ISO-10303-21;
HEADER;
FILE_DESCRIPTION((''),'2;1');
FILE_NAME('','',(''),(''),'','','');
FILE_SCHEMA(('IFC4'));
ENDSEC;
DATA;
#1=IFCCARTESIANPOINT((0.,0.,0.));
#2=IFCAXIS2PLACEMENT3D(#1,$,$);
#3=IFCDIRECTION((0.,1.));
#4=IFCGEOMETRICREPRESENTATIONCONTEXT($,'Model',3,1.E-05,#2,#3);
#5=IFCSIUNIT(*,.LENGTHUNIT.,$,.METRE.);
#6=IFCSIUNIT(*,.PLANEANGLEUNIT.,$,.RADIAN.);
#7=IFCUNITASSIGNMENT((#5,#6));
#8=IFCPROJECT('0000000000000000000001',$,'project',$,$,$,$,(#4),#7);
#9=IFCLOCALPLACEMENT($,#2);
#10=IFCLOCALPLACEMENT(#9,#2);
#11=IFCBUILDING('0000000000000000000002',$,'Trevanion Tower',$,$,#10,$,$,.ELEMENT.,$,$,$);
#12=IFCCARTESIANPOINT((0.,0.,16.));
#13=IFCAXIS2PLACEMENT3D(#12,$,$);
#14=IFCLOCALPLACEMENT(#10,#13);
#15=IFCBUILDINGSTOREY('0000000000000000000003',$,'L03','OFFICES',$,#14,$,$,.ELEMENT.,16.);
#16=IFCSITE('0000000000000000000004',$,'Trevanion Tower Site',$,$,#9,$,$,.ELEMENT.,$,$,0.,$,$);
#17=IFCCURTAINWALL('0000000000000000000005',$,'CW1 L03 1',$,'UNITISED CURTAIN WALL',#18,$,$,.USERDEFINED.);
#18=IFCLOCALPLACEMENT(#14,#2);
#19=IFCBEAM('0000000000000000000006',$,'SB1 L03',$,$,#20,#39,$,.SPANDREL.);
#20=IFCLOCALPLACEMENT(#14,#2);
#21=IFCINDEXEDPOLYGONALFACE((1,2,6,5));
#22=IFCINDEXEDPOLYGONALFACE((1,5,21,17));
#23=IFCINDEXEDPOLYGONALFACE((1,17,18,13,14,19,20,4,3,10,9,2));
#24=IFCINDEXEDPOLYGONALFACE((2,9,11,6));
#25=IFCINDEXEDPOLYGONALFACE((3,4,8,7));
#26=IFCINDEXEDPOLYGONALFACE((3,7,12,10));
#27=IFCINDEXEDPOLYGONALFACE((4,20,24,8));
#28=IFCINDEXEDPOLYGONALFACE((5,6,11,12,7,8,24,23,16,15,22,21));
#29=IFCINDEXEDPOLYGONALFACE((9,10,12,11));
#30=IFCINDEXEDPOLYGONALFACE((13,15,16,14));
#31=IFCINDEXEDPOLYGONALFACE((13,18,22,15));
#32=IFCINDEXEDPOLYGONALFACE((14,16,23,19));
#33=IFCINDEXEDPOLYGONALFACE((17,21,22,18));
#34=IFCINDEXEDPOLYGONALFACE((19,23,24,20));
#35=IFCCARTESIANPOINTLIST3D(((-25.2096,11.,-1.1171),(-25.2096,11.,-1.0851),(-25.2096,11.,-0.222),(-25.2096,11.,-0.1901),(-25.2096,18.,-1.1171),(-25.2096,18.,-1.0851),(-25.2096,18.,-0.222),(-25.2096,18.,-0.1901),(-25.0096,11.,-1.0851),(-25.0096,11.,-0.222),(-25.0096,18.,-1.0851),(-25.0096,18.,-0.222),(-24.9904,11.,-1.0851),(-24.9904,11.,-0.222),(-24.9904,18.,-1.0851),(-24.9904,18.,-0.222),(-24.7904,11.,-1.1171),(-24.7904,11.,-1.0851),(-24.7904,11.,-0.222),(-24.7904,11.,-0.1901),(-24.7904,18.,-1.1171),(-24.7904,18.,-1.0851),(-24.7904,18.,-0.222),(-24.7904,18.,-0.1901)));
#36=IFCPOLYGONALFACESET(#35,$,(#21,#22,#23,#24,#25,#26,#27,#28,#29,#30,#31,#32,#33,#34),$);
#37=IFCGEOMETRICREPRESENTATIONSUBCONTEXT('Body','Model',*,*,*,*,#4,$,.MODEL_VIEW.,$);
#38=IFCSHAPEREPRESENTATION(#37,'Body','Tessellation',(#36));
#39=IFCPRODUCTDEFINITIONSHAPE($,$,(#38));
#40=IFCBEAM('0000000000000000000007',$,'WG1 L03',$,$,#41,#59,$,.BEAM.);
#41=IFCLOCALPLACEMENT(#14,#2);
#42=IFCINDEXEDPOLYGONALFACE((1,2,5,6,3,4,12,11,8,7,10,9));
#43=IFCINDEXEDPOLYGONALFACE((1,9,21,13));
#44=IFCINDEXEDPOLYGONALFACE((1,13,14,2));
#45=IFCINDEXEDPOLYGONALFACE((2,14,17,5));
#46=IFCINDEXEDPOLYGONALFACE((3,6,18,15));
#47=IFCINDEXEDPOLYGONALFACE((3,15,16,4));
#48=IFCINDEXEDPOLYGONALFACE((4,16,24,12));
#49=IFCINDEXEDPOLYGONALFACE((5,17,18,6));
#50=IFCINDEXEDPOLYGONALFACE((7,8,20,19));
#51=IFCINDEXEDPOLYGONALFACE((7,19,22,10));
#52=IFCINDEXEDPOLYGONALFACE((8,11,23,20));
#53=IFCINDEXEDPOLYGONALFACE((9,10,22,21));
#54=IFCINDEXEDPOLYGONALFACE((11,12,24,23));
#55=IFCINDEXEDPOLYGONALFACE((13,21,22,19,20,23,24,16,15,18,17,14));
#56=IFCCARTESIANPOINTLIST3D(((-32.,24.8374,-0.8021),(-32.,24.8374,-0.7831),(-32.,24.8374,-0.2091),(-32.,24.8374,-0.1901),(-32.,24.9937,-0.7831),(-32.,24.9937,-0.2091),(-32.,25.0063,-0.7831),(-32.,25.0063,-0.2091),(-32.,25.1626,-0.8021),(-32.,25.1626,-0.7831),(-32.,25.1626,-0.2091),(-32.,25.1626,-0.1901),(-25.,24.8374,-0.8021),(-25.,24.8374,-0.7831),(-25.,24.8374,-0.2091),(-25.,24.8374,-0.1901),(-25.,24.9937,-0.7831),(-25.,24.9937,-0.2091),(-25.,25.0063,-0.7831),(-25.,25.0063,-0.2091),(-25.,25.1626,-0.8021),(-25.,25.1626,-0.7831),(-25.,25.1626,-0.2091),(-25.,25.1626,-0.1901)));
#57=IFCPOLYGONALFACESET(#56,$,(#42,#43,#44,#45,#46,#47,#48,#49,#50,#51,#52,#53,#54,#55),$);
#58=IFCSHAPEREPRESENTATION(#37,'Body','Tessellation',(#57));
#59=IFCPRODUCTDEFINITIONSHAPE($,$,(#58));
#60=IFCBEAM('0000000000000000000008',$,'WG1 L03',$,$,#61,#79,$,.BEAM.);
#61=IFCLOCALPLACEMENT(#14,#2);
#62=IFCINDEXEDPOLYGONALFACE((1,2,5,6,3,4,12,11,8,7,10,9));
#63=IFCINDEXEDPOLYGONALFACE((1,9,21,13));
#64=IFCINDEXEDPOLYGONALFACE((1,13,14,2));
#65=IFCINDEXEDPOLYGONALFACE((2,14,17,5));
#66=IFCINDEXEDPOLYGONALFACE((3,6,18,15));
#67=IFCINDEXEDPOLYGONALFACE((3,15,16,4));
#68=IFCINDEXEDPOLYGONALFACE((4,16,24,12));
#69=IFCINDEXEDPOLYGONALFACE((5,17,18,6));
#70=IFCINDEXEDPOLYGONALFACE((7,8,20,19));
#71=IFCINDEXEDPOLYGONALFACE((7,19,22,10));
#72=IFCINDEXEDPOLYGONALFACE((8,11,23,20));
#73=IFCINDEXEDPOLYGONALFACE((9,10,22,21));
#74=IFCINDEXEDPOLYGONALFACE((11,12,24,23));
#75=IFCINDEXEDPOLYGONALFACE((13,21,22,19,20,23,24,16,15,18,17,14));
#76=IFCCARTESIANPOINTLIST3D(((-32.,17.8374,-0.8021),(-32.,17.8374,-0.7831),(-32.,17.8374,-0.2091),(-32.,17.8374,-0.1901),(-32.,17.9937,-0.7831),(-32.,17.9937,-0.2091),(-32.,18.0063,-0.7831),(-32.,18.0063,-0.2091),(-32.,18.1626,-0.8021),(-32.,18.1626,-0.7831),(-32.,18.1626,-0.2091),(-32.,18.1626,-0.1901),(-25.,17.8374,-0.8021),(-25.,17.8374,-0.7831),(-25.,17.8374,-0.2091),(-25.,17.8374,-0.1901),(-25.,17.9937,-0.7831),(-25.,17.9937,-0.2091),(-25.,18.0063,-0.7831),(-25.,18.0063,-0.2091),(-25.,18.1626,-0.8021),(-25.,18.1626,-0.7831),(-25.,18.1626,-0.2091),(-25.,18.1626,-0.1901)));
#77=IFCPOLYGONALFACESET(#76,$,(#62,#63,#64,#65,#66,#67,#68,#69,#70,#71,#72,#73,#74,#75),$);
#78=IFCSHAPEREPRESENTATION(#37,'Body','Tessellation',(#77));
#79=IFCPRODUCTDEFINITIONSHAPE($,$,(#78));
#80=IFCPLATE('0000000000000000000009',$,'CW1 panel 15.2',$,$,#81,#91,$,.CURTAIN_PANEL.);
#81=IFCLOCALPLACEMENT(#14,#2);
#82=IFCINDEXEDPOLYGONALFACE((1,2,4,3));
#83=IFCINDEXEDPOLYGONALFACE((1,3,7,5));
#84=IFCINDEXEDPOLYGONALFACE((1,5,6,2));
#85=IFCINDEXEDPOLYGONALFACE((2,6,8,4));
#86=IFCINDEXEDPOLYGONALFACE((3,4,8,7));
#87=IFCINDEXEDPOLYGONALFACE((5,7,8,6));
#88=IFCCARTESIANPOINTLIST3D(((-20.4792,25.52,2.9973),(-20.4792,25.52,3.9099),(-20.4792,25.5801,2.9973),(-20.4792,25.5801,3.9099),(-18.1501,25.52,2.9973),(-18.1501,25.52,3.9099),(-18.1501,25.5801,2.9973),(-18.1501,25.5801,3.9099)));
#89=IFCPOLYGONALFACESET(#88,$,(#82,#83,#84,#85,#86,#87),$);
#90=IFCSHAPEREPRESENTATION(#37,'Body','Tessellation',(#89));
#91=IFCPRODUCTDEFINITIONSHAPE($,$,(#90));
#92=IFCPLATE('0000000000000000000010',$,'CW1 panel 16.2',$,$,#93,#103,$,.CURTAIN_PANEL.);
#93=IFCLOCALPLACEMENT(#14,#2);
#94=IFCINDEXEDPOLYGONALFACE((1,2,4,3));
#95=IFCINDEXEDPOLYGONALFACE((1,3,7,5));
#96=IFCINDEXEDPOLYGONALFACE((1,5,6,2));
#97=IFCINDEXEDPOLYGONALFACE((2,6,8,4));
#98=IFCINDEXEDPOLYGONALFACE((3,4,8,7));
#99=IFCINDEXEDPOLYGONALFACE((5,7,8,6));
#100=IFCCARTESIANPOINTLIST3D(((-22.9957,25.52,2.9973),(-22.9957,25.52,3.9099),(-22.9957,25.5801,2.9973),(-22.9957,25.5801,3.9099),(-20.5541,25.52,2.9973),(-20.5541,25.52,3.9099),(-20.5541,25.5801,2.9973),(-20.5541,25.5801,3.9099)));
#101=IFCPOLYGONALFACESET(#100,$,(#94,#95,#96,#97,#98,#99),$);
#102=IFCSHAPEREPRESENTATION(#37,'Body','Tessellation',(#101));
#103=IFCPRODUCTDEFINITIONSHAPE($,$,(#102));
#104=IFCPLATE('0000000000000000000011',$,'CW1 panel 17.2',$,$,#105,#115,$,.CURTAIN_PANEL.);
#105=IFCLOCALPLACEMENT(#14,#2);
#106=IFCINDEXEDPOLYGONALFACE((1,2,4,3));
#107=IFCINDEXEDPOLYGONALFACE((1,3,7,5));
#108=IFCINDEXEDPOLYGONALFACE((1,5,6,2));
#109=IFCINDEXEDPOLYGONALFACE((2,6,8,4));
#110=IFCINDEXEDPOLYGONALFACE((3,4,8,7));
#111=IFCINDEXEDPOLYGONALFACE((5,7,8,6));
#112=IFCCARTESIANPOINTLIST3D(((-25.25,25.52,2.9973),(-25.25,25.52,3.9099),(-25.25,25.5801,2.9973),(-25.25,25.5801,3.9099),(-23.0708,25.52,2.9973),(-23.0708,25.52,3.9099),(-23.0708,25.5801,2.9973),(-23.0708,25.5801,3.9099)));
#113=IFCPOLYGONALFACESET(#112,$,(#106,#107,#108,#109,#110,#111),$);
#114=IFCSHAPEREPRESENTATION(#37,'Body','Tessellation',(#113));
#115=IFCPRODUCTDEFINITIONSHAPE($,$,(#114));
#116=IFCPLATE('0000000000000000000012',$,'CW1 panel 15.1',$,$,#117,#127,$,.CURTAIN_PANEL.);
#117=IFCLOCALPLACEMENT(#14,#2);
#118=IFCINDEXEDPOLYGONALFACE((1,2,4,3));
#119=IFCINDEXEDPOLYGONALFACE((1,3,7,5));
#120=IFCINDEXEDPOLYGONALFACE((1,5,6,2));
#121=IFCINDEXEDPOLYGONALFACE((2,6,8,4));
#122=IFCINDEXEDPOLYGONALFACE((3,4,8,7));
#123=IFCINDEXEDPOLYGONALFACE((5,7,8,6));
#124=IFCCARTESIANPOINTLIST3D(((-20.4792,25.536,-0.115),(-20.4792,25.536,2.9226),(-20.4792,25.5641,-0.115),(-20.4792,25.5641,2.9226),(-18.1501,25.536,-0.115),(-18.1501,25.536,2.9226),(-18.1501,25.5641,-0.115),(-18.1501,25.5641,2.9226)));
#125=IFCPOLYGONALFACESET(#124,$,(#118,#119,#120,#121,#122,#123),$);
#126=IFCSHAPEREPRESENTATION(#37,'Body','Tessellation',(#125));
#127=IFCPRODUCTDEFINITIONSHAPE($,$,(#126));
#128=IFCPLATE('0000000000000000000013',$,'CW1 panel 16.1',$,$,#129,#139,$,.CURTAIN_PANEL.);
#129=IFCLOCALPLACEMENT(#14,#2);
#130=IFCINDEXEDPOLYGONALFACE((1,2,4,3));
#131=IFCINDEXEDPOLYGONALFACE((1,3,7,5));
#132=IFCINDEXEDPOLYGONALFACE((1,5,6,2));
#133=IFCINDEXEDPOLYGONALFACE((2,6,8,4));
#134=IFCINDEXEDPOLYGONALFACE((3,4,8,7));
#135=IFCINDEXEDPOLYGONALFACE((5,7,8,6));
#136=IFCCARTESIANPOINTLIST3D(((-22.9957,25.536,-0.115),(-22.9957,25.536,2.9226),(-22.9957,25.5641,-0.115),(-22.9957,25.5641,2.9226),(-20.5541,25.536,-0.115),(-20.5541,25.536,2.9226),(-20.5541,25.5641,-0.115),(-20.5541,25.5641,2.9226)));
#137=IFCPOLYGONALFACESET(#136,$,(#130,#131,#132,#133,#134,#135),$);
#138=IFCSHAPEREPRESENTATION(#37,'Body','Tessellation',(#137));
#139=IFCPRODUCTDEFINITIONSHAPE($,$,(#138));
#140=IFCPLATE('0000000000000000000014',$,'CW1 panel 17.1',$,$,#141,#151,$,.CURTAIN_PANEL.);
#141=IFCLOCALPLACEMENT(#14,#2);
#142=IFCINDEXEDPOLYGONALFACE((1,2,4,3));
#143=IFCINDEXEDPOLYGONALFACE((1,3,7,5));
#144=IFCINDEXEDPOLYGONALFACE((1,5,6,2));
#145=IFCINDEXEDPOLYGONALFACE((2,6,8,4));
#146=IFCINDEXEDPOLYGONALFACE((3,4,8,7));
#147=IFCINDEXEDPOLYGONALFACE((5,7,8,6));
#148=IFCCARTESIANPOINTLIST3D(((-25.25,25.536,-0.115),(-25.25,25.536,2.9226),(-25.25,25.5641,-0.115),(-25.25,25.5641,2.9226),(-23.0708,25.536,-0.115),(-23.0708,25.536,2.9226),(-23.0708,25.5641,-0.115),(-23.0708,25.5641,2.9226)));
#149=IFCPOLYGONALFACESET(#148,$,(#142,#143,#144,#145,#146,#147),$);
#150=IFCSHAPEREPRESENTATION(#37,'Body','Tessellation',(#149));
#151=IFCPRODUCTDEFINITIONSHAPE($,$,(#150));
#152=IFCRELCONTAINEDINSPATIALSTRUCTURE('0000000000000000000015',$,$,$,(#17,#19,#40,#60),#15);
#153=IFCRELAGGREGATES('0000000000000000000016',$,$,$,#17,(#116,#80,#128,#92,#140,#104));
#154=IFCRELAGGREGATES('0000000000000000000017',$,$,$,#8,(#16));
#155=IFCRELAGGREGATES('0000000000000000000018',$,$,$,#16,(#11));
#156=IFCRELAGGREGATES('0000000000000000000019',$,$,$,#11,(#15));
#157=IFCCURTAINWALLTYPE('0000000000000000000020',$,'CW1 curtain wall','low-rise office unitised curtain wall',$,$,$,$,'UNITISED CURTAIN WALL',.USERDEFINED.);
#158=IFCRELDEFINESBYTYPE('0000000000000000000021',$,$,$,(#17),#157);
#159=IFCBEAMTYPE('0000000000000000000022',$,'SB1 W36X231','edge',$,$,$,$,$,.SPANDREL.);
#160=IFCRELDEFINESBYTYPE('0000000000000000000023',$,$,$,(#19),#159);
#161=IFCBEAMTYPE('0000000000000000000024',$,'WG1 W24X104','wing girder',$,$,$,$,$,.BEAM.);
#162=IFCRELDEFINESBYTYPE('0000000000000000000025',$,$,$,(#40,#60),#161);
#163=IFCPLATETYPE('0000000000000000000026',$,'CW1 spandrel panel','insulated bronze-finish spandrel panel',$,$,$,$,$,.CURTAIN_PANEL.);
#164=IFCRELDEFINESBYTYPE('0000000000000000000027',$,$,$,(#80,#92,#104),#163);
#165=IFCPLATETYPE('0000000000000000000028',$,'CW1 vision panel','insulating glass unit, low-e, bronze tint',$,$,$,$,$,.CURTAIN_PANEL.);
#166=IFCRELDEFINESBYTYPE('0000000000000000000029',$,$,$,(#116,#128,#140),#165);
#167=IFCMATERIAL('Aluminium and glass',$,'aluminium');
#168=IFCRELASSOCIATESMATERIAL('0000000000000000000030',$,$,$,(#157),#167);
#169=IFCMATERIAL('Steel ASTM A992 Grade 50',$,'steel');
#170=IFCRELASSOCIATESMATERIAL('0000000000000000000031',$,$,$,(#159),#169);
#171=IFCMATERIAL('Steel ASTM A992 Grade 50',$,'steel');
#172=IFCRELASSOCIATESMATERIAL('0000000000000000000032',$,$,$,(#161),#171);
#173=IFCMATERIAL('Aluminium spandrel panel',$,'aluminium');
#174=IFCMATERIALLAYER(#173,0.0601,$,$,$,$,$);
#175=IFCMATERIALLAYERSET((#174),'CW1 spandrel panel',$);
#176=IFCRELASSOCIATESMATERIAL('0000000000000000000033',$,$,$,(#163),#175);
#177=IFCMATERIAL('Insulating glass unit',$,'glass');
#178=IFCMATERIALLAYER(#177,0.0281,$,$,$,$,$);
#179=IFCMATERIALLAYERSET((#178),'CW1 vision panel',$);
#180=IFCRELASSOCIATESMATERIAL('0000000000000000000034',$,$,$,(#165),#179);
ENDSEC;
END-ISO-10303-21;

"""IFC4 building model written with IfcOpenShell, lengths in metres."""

from ifc_helpers import new_model, si_unit, direction, frame, origin, origin_2d, place, context, subcontext, project, spatial, rectangle, i_section, extrude, material, layer, layer_set, material_profile, profile_set, type_object, element, aggregate, save


model = new_model("IFC4")

# Units and contexts
model_context = context("Model", 3, precision=1e-05, world=origin(), true_north=direction((0.0, 1.0)))
body_context = subcontext(model_context, "Body", "Model", "MODEL_VIEW")
ifc_project = project(units=[si_unit("LENGTHUNIT", "METRE"), si_unit("PLANEANGLEUNIT", "RADIAN")], contexts=[model_context])

# Site, building, storey
site_placement = place(None, origin())
site = spatial("IfcSite", under=ifc_project, at=site_placement, Name="Trevanion Tower Site", CompositionType="ELEMENT", RefElevation=0.0)
building_placement = place(site_placement, origin())
building = spatial("IfcBuilding", under=site, at=building_placement, Name="Trevanion Tower", CompositionType="ELEMENT")
storey_placement = place(building_placement, frame((0.0, 0.0, 16.0)))
storey = spatial("IfcBuildingStorey", under=building, at=storey_placement, Name="L03", Description="OFFICES", CompositionType="ELEMENT", Elevation=16.0)

# Curtain wall
ifc_material_1 = material(Name="Aluminium and glass", Category="aluminium")
curtain_wall_type = type_object("IfcCurtainWallType", Name="CW1 curtain wall", Description="low-rise office unitised curtain wall", ElementType="UNITISED CURTAIN WALL", PredefinedType="USERDEFINED", material=ifc_material_1)
curtain_wall_placement = place(storey_placement, origin())
curtain_wall = element("IfcCurtainWall", 1, at=curtain_wall_placement, inside=storey, type_object=curtain_wall_type, Name="CW1 L03 1", ObjectType="UNITISED CURTAIN WALL", PredefinedType="USERDEFINED")

# Beams
ifc_material_2 = material(Name="Steel ASTM A992 Grade 50", Category="steel")
ifc_material_profile_1 = material_profile(ifc_material_2, i_section(OverallWidth=0.4192, OverallDepth=0.927, WebThickness=0.0193, FlangeThickness=0.032, at=origin_2d()), Name="W36X231")
ifc_profile_set_1 = profile_set([ifc_material_profile_1], Name="Steel ASTM A992 Grade 50")
beam_type_1 = type_object("IfcBeamType", Name="SB1 W36X231", Description="edge", PredefinedType="SPANDREL", material=ifc_profile_set_1)
for number, where, z_axis, x_axis, name in (
    (2, (-25.0, 18.0, -0.6536), (0.0, -1.0, 0.0), (1.0, 0.0, 0.0), "SB1 L03"),
):
    element("IfcBeam", number, at=place(storey_placement, frame(where, z_axis=z_axis, x_axis=x_axis)), inside=storey, type_object=beam_type_1, Name=name, PredefinedType="SPANDREL", context=body_context, shape_type="SweptSolid", body=[
        extrude(i_section(OverallWidth=0.4192, OverallDepth=0.927, WebThickness=0.0193, FlangeThickness=0.032, at=origin_2d()), origin(), (0.0, 0.0, 1.0), 7.0),
    ])
ifc_material_3 = material(Name="Steel ASTM A992 Grade 50", Category="steel")
ifc_material_profile_2 = material_profile(ifc_material_3, i_section(OverallWidth=0.3252, OverallDepth=0.6121, WebThickness=0.0127, FlangeThickness=0.019, at=origin_2d()), Name="W24X104")
ifc_profile_set_2 = profile_set([ifc_material_profile_2], Name="Steel ASTM A992 Grade 50")
beam_type_2 = type_object("IfcBeamType", Name="WG1 W24X104", Description="wing girder", PredefinedType="BEAM", material=ifc_profile_set_2)
for number, where, z_axis, x_axis, name in (
    (3, (-25.0, 25.0, -0.4961), (-1.0, 0.0, 0.0), (0.0, -1.0, 0.0), "WG1 L03"),
    (4, (-25.0, 18.0, -0.4961), (-1.0, 0.0, 0.0), (0.0, -1.0, 0.0), "WG1 L03"),
):
    element("IfcBeam", number, at=place(storey_placement, frame(where, z_axis=z_axis, x_axis=x_axis)), inside=storey, type_object=beam_type_2, Name=name, PredefinedType="BEAM", context=body_context, shape_type="SweptSolid", body=[
        extrude(i_section(OverallWidth=0.3252, OverallDepth=0.6121, WebThickness=0.0127, FlangeThickness=0.019, at=origin_2d()), origin(), (0.0, 0.0, 1.0), 7.0),
    ])

# Plates
ifc_material_4 = material(Name="Aluminium spandrel panel", Category="aluminium")
ifc_layer_1 = layer(ifc_material_4, 0.0601)
ifc_layer_set_1 = layer_set([ifc_layer_1], Name="CW1 spandrel panel")
plate_type_1 = type_object("IfcPlateType", Name="CW1 spandrel panel", Description="insulated bronze-finish spandrel panel", PredefinedType="CURTAIN_PANEL", material=ifc_layer_set_1)
plate_1_placement = place(storey_placement, frame((-19.3147, 25.55, 2.9973), z_axis=(0.0, 0.0, 1.0), x_axis=(-1.0, 0.0, 0.0)))
plate_1 = element("IfcPlate", 5, at=plate_1_placement, type_object=plate_type_1, Name="CW1 panel 15.2", PredefinedType="CURTAIN_PANEL", context=body_context, shape_type="SweptSolid", body=[
    extrude(rectangle(XDim=2.3291, YDim=0.0601, at=origin_2d()), origin(), (0.0, 0.0, 1.0), 0.9126),
])
plate_2_placement = place(storey_placement, frame((-21.7749, 25.55, 2.9973), z_axis=(0.0, 0.0, 1.0), x_axis=(-1.0, 0.0, 0.0)))
plate_2 = element("IfcPlate", 6, at=plate_2_placement, type_object=plate_type_1, Name="CW1 panel 16.2", PredefinedType="CURTAIN_PANEL", context=body_context, shape_type="SweptSolid", body=[
    extrude(rectangle(XDim=2.4417, YDim=0.0601, at=origin_2d()), origin(), (0.0, 0.0, 1.0), 0.9126),
])
plate_3_placement = place(storey_placement, frame((-24.1604, 25.55, 2.9973), z_axis=(0.0, 0.0, 1.0), x_axis=(-1.0, 0.0, 0.0)))
plate_3 = element("IfcPlate", 7, at=plate_3_placement, type_object=plate_type_1, Name="CW1 panel 17.2", PredefinedType="CURTAIN_PANEL", context=body_context, shape_type="SweptSolid", body=[
    extrude(rectangle(XDim=2.1792, YDim=0.0601, at=origin_2d()), origin(), (0.0, 0.0, 1.0), 0.9126),
])
ifc_material_5 = material(Name="Insulating glass unit", Category="glass")
ifc_layer_2 = layer(ifc_material_5, 0.0281)
ifc_layer_set_2 = layer_set([ifc_layer_2], Name="CW1 vision panel")
plate_type_2 = type_object("IfcPlateType", Name="CW1 vision panel", Description="insulating glass unit, low-e, bronze tint", PredefinedType="CURTAIN_PANEL", material=ifc_layer_set_2)
plate_4_placement = place(storey_placement, frame((-19.3147, 25.55, -0.115), z_axis=(0.0, 0.0, 1.0), x_axis=(-1.0, 0.0, 0.0)))
plate_4 = element("IfcPlate", 8, at=plate_4_placement, type_object=plate_type_2, Name="CW1 panel 15.1", PredefinedType="CURTAIN_PANEL", context=body_context, shape_type="SweptSolid", body=[
    extrude(rectangle(XDim=2.3291, YDim=0.0281, at=origin_2d()), origin(), (0.0, 0.0, 1.0), 3.0376),
])
plate_5_placement = place(storey_placement, frame((-21.7749, 25.55, -0.115), z_axis=(0.0, 0.0, 1.0), x_axis=(-1.0, 0.0, 0.0)))
plate_5 = element("IfcPlate", 9, at=plate_5_placement, type_object=plate_type_2, Name="CW1 panel 16.1", PredefinedType="CURTAIN_PANEL", context=body_context, shape_type="SweptSolid", body=[
    extrude(rectangle(XDim=2.4417, YDim=0.0281, at=origin_2d()), origin(), (0.0, 0.0, 1.0), 3.0376),
])
plate_6_placement = place(storey_placement, frame((-24.1604, 25.55, -0.115), z_axis=(0.0, 0.0, 1.0), x_axis=(-1.0, 0.0, 0.0)))
plate_6 = element("IfcPlate", 10, at=plate_6_placement, type_object=plate_type_2, Name="CW1 panel 17.1", PredefinedType="CURTAIN_PANEL", context=body_context, shape_type="SweptSolid", body=[
    extrude(rectangle(XDim=2.1792, YDim=0.0281, at=origin_2d()), origin(), (0.0, 0.0, 1.0), 3.0376),
])
aggregate(curtain_wall, [plate_4, plate_1, plate_5, plate_2, plate_6, plate_3])

save(model, "model.ifc")
